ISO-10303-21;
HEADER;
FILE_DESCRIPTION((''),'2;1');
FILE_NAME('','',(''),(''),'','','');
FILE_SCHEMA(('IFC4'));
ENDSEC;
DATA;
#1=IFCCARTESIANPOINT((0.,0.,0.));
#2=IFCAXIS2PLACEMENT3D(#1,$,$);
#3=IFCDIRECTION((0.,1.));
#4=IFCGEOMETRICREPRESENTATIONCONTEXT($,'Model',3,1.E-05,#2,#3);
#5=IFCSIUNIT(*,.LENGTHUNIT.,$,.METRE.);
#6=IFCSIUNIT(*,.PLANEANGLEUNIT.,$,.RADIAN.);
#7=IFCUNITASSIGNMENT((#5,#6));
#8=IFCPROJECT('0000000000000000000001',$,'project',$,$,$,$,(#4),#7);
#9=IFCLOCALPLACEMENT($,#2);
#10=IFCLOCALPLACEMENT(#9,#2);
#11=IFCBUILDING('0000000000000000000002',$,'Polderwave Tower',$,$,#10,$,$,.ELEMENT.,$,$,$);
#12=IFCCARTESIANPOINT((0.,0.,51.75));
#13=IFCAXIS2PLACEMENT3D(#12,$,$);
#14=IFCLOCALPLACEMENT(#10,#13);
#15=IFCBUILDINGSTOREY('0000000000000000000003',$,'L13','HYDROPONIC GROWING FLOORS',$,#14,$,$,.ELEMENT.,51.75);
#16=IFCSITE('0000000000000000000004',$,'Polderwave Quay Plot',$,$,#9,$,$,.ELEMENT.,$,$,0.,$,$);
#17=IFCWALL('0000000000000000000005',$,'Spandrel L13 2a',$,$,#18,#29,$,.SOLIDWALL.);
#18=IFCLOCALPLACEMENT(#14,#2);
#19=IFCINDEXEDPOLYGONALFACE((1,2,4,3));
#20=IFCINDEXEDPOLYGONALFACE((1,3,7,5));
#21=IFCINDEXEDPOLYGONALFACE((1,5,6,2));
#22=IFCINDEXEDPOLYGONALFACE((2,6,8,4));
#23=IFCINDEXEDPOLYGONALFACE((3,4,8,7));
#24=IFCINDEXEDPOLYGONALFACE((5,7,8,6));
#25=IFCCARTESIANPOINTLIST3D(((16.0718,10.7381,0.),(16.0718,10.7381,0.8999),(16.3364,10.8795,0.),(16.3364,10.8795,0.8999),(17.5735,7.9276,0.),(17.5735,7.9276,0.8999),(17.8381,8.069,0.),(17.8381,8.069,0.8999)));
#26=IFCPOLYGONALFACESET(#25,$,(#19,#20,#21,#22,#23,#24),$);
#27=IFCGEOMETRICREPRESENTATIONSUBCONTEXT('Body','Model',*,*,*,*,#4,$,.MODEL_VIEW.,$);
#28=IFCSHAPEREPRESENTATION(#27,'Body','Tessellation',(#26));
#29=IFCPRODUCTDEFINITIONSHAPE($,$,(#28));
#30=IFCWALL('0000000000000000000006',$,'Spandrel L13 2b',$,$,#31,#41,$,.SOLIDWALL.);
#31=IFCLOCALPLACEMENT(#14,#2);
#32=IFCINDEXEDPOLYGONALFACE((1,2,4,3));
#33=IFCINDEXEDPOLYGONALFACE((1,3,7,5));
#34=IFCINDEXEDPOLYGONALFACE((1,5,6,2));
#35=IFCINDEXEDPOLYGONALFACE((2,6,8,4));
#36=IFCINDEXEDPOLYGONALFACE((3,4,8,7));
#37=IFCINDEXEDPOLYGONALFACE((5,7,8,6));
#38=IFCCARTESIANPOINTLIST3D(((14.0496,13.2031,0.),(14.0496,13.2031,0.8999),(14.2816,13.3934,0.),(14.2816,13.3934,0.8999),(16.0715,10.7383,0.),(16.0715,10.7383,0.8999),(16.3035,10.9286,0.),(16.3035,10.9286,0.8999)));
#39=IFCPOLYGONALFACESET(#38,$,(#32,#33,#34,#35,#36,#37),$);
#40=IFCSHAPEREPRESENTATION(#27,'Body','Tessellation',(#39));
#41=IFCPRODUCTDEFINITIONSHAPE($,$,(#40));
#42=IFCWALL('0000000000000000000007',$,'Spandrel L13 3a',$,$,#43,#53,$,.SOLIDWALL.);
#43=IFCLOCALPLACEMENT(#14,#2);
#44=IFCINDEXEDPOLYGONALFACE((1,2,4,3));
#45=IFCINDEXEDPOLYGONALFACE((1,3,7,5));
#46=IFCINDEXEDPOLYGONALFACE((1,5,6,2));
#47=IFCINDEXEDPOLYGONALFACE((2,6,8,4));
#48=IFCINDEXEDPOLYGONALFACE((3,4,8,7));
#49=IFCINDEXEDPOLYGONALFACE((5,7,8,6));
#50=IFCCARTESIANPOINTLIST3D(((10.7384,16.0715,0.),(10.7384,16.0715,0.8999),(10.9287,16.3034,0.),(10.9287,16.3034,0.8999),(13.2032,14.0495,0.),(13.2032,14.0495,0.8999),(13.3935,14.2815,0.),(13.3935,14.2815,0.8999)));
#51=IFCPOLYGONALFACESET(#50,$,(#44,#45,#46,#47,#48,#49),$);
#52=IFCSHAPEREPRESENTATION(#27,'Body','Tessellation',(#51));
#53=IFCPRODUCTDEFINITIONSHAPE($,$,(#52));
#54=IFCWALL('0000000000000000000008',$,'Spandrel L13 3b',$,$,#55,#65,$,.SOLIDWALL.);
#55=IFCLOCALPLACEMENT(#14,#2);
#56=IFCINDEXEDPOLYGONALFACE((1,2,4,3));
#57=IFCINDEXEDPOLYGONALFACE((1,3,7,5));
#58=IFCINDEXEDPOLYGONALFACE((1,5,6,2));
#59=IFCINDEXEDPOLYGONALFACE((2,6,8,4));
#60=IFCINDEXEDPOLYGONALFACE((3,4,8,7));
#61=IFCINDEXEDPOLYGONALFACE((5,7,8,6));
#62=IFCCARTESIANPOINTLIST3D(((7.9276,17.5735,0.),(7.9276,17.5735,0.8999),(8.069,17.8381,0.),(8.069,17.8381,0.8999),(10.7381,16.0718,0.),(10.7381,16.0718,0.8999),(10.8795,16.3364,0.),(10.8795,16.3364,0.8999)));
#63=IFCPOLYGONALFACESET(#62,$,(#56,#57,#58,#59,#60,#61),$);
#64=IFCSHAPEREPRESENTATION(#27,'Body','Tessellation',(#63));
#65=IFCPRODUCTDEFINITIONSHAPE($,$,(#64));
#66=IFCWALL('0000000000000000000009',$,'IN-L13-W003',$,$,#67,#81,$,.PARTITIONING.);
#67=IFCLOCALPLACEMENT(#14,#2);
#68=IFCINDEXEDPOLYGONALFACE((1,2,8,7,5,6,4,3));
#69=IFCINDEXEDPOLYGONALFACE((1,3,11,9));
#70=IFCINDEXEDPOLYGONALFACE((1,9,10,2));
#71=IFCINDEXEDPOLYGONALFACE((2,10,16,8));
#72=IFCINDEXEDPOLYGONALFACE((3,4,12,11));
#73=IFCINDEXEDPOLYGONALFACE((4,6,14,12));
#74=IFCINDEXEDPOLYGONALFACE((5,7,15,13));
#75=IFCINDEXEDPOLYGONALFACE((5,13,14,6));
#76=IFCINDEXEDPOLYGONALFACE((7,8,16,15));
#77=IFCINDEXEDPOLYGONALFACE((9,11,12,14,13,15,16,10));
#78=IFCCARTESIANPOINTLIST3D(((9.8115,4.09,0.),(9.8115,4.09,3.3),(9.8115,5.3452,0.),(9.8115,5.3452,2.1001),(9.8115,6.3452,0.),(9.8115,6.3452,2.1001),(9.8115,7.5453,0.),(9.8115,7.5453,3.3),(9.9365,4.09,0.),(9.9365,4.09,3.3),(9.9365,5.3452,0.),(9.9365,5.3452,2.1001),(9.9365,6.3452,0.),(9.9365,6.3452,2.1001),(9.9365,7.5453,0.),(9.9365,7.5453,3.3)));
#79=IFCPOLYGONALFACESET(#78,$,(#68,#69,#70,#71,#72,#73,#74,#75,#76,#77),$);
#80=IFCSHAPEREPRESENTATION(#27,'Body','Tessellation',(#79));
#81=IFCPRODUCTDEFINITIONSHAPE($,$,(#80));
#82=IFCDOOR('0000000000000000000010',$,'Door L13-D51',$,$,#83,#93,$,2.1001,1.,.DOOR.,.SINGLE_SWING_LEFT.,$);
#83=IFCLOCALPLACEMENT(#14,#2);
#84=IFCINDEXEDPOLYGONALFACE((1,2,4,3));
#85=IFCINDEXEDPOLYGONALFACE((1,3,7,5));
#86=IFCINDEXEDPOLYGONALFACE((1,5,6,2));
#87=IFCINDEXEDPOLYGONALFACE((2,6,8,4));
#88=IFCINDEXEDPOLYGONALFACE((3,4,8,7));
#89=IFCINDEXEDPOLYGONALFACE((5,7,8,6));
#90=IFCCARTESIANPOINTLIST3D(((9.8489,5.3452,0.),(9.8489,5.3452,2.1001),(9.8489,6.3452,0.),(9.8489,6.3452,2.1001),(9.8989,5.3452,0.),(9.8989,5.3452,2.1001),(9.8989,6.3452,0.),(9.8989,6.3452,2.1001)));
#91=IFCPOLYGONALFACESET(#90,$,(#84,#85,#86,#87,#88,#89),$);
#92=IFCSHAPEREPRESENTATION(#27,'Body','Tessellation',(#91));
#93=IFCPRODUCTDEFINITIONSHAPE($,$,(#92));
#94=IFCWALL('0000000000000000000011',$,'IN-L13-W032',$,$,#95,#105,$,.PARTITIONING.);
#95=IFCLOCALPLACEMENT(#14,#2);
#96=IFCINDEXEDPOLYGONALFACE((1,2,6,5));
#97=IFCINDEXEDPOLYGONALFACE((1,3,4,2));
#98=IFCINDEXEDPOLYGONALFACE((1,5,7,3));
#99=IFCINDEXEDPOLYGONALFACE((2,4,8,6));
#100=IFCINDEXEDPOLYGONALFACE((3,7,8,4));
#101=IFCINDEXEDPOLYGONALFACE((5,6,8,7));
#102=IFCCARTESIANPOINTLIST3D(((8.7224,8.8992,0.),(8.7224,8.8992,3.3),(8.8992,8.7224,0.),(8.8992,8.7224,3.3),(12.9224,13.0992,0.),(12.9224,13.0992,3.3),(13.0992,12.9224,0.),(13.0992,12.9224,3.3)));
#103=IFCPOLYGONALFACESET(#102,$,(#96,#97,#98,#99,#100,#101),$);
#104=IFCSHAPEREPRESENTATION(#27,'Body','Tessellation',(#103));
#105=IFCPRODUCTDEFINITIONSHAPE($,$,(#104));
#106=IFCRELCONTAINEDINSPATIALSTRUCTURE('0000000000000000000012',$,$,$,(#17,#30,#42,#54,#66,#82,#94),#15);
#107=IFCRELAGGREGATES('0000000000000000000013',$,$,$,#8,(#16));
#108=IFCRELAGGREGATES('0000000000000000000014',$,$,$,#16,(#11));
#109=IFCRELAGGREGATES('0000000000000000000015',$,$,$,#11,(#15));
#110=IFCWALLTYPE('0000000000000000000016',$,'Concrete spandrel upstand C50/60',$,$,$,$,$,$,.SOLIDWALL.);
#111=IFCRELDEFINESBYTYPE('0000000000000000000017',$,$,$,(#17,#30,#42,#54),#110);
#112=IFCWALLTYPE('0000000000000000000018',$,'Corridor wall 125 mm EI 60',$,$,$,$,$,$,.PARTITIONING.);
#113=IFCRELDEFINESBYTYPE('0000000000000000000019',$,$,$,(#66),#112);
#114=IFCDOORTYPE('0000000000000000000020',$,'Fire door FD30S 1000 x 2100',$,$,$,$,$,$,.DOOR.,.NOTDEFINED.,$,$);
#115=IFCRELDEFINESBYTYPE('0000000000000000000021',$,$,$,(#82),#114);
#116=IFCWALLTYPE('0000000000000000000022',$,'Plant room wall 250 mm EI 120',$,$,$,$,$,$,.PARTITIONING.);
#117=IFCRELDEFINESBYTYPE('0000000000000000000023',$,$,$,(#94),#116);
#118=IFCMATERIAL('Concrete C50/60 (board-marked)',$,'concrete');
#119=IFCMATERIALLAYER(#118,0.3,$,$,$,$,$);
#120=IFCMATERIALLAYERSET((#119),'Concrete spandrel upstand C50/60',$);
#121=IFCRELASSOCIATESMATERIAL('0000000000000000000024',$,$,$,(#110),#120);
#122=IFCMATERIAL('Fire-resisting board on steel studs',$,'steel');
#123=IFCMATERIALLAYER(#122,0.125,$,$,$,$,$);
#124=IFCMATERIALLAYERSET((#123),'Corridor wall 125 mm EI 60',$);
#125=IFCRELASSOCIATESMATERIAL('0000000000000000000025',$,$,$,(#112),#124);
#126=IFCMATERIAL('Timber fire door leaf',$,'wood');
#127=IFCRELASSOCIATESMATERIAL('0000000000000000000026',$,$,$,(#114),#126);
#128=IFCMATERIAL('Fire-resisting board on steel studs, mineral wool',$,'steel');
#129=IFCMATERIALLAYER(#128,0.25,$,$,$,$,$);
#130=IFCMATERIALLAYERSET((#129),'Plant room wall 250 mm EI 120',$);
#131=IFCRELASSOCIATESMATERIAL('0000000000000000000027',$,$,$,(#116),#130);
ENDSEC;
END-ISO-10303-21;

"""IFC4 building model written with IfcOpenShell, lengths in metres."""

from ifc_helpers import new_model, si_unit, direction, frame, frame_2d, origin, place, context, subcontext, project, spatial, rectangle, extrude, material, layer, layer_set, type_object, element, fill, save


model = new_model("IFC4")

# Units and contexts
model_context = context("Model", 3, precision=1e-05, world=origin(), true_north=direction((0.0, 1.0)))
body_context = subcontext(model_context, "Body", "Model", "MODEL_VIEW")
ifc_project = project(units=[si_unit("LENGTHUNIT", "METRE"), si_unit("PLANEANGLEUNIT", "RADIAN")], contexts=[model_context])

# Site, building, storey
site_placement = place(None, origin())
site = spatial("IfcSite", under=ifc_project, at=site_placement, Name="Polderwave Quay Plot", CompositionType="ELEMENT", RefElevation=0.0)
building_placement = place(site_placement, origin())
building = spatial("IfcBuilding", under=site, at=building_placement, Name="Polderwave Tower", CompositionType="ELEMENT")
storey_placement = place(building_placement, frame((0.0, 0.0, 51.75)))
storey = spatial("IfcBuildingStorey", under=building, at=storey_placement, Name="L13", Description="HYDROPONIC GROWING FLOORS", CompositionType="ELEMENT", Elevation=51.75)

# Walls
ifc_material_1 = material(Name="Concrete C50/60 (board-marked)", Category="concrete")
ifc_layer_1 = layer(ifc_material_1, 0.3)
ifc_layer_set_1 = layer_set([ifc_layer_1], Name="Concrete spandrel upstand C50/60")
wall_type_1 = type_object("IfcWallType", Name="Concrete spandrel upstand C50/60", PredefinedType="SOLIDWALL", material=ifc_layer_set_1)
wall_1_placement = place(storey_placement, frame((17.7058, 7.9983, 0.0), z_axis=(0.0, 0.0, 1.0), x_axis=(-0.47126, 0.881994, 0.0)))
element("IfcWall", 1, at=wall_1_placement, inside=storey, type_object=wall_type_1, Name="Spandrel L13 2a", PredefinedType="SOLIDWALL", context=body_context, shape_type="SweptSolid", body=[
    extrude(rectangle(XDim=3.1865, YDim=0.3, at=frame_2d((1.5933, 0.0))), origin(), (0.0, 0.0, 1.0), 0.8999),
])
for number, where, z_axis, x_axis, name in (
    (2, (16.1875, 10.8335, 0.0), (0.0, 0.0, 1.0), (-0.63423, 0.773145, 0.0), "Spandrel L13 2b"),
    (3, (13.2983, 14.1655, 0.0), (0.0, 0.0, 1.0), (-0.773145, 0.63423, 0.0), "Spandrel L13 3a"),
):
    element("IfcWall", number, at=place(storey_placement, frame(where, z_axis=z_axis, x_axis=x_axis)), inside=storey, type_object=wall_type_1, Name=name, PredefinedType="SOLIDWALL", context=body_context, shape_type="SweptSolid", body=[
        extrude(rectangle(XDim=3.188, YDim=0.3, at=frame_2d((1.594, 0.0))), origin(), (0.0, 0.0, 1.0), 0.8999),
    ])
wall_2_placement = place(storey_placement, frame((10.8088, 16.2041, 0.0), z_axis=(0.0, 0.0, 1.0), x_axis=(-0.881994, 0.47126, 0.0)))
element("IfcWall", 4, at=wall_2_placement, inside=storey, type_object=wall_type_1, Name="Spandrel L13 3b", PredefinedType="SOLIDWALL", context=body_context, shape_type="SweptSolid", body=[
    extrude(rectangle(XDim=3.1865, YDim=0.3, at=frame_2d((1.5933, 0.0))), origin(), (0.0, 0.0, 1.0), 0.8999),
])

# Wall, opening, door
ifc_material_2 = material(Name="Fire-resisting board on steel studs", Category="steel")
ifc_layer_2 = layer(ifc_material_2, 0.125)
ifc_layer_set_2 = layer_set([ifc_layer_2], Name="Corridor wall 125 mm EI 60")
wall_type_2 = type_object("IfcWallType", Name="Corridor wall 125 mm EI 60", PredefinedType="PARTITIONING", material=ifc_layer_set_2)
wall_3_placement = place(storey_placement, frame((9.874, 7.5452, 0.0), z_axis=(0.0, 0.0, 1.0), x_axis=(0.0, -1.0, 0.0)))
wall_3 = element("IfcWall", 5, at=wall_3_placement, inside=storey, type_object=wall_type_2, Name="IN-L13-W003", PredefinedType="PARTITIONING", context=body_context, shape_type="SweptSolid", body=[
    extrude(rectangle(XDim=3.4553, YDim=0.125, at=frame_2d((1.7275, 0.0))), origin(), (0.0, 0.0, 1.0), 3.3),
])
opening_placement = place(wall_3_placement, frame((1.2, 0.0, 0.0)))
opening = element("IfcOpeningElement", 6, at=opening_placement, cuts=wall_3, PredefinedType="OPENING", context=body_context, shape_type="SweptSolid", body=[
    extrude(rectangle(XDim=1.0, YDim=2.1001, at=frame_2d((0.5, 1.05))), frame((0.0, 0.0725, 0.0), z_axis=(0.0, -1.0, 0.0), x_axis=(1.0, 0.0, 0.0)), (0.0, 0.0, 1.0), 0.145),
])
ifc_material_3 = material(Name="Timber fire door leaf", Category="wood")
door_type = type_object("IfcDoorType", Name="Fire door FD30S 1000 x 2100", OperationType="NOTDEFINED", PredefinedType="DOOR", material=ifc_material_3)
door_placement = place(opening_placement, origin())
door = element("IfcDoor", 7, at=door_placement, inside=storey, type_object=door_type, Name="Door L13-D51", OperationType="SINGLE_SWING_LEFT", OverallHeight=2.1001, OverallWidth=1.0, PredefinedType="DOOR", context=body_context, shape_type="SweptSolid", body=[
    extrude(rectangle(XDim=1.0, YDim=2.1001, at=frame_2d((0.5, 1.05))), frame((0.0, 0.0249, 0.0), z_axis=(0.0, -1.0, 0.0), x_axis=(1.0, 0.0, 0.0)), (0.0, 0.0, 1.0), 0.05),
])
fill(opening, door)

# Wall
ifc_material_4 = material(Name="Fire-resisting board on steel studs, mineral wool", Category="steel")
ifc_layer_3 = layer(ifc_material_4, 0.25)
ifc_layer_set_3 = layer_set([ifc_layer_3], Name="Plant room wall 250 mm EI 120")
wall_type_3 = type_object("IfcWallType", Name="Plant room wall 250 mm EI 120", PredefinedType="PARTITIONING", material=ifc_layer_set_3)
wall_4_placement = place(storey_placement, frame((13.0107, 13.0107, 0.0), z_axis=(0.0, 0.0, 1.0), x_axis=(-0.707107, -0.707107, 0.0)))
element("IfcWall", 8, at=wall_4_placement, inside=storey, type_object=wall_type_3, Name="IN-L13-W032", PredefinedType="PARTITIONING", context=body_context, shape_type="SweptSolid", body=[
    extrude(rectangle(XDim=5.9397, YDim=0.25, at=frame_2d((2.9697, 0.0))), origin(), (0.0, 0.0, 1.0), 3.3),
])

save(model, "model.ifc")
